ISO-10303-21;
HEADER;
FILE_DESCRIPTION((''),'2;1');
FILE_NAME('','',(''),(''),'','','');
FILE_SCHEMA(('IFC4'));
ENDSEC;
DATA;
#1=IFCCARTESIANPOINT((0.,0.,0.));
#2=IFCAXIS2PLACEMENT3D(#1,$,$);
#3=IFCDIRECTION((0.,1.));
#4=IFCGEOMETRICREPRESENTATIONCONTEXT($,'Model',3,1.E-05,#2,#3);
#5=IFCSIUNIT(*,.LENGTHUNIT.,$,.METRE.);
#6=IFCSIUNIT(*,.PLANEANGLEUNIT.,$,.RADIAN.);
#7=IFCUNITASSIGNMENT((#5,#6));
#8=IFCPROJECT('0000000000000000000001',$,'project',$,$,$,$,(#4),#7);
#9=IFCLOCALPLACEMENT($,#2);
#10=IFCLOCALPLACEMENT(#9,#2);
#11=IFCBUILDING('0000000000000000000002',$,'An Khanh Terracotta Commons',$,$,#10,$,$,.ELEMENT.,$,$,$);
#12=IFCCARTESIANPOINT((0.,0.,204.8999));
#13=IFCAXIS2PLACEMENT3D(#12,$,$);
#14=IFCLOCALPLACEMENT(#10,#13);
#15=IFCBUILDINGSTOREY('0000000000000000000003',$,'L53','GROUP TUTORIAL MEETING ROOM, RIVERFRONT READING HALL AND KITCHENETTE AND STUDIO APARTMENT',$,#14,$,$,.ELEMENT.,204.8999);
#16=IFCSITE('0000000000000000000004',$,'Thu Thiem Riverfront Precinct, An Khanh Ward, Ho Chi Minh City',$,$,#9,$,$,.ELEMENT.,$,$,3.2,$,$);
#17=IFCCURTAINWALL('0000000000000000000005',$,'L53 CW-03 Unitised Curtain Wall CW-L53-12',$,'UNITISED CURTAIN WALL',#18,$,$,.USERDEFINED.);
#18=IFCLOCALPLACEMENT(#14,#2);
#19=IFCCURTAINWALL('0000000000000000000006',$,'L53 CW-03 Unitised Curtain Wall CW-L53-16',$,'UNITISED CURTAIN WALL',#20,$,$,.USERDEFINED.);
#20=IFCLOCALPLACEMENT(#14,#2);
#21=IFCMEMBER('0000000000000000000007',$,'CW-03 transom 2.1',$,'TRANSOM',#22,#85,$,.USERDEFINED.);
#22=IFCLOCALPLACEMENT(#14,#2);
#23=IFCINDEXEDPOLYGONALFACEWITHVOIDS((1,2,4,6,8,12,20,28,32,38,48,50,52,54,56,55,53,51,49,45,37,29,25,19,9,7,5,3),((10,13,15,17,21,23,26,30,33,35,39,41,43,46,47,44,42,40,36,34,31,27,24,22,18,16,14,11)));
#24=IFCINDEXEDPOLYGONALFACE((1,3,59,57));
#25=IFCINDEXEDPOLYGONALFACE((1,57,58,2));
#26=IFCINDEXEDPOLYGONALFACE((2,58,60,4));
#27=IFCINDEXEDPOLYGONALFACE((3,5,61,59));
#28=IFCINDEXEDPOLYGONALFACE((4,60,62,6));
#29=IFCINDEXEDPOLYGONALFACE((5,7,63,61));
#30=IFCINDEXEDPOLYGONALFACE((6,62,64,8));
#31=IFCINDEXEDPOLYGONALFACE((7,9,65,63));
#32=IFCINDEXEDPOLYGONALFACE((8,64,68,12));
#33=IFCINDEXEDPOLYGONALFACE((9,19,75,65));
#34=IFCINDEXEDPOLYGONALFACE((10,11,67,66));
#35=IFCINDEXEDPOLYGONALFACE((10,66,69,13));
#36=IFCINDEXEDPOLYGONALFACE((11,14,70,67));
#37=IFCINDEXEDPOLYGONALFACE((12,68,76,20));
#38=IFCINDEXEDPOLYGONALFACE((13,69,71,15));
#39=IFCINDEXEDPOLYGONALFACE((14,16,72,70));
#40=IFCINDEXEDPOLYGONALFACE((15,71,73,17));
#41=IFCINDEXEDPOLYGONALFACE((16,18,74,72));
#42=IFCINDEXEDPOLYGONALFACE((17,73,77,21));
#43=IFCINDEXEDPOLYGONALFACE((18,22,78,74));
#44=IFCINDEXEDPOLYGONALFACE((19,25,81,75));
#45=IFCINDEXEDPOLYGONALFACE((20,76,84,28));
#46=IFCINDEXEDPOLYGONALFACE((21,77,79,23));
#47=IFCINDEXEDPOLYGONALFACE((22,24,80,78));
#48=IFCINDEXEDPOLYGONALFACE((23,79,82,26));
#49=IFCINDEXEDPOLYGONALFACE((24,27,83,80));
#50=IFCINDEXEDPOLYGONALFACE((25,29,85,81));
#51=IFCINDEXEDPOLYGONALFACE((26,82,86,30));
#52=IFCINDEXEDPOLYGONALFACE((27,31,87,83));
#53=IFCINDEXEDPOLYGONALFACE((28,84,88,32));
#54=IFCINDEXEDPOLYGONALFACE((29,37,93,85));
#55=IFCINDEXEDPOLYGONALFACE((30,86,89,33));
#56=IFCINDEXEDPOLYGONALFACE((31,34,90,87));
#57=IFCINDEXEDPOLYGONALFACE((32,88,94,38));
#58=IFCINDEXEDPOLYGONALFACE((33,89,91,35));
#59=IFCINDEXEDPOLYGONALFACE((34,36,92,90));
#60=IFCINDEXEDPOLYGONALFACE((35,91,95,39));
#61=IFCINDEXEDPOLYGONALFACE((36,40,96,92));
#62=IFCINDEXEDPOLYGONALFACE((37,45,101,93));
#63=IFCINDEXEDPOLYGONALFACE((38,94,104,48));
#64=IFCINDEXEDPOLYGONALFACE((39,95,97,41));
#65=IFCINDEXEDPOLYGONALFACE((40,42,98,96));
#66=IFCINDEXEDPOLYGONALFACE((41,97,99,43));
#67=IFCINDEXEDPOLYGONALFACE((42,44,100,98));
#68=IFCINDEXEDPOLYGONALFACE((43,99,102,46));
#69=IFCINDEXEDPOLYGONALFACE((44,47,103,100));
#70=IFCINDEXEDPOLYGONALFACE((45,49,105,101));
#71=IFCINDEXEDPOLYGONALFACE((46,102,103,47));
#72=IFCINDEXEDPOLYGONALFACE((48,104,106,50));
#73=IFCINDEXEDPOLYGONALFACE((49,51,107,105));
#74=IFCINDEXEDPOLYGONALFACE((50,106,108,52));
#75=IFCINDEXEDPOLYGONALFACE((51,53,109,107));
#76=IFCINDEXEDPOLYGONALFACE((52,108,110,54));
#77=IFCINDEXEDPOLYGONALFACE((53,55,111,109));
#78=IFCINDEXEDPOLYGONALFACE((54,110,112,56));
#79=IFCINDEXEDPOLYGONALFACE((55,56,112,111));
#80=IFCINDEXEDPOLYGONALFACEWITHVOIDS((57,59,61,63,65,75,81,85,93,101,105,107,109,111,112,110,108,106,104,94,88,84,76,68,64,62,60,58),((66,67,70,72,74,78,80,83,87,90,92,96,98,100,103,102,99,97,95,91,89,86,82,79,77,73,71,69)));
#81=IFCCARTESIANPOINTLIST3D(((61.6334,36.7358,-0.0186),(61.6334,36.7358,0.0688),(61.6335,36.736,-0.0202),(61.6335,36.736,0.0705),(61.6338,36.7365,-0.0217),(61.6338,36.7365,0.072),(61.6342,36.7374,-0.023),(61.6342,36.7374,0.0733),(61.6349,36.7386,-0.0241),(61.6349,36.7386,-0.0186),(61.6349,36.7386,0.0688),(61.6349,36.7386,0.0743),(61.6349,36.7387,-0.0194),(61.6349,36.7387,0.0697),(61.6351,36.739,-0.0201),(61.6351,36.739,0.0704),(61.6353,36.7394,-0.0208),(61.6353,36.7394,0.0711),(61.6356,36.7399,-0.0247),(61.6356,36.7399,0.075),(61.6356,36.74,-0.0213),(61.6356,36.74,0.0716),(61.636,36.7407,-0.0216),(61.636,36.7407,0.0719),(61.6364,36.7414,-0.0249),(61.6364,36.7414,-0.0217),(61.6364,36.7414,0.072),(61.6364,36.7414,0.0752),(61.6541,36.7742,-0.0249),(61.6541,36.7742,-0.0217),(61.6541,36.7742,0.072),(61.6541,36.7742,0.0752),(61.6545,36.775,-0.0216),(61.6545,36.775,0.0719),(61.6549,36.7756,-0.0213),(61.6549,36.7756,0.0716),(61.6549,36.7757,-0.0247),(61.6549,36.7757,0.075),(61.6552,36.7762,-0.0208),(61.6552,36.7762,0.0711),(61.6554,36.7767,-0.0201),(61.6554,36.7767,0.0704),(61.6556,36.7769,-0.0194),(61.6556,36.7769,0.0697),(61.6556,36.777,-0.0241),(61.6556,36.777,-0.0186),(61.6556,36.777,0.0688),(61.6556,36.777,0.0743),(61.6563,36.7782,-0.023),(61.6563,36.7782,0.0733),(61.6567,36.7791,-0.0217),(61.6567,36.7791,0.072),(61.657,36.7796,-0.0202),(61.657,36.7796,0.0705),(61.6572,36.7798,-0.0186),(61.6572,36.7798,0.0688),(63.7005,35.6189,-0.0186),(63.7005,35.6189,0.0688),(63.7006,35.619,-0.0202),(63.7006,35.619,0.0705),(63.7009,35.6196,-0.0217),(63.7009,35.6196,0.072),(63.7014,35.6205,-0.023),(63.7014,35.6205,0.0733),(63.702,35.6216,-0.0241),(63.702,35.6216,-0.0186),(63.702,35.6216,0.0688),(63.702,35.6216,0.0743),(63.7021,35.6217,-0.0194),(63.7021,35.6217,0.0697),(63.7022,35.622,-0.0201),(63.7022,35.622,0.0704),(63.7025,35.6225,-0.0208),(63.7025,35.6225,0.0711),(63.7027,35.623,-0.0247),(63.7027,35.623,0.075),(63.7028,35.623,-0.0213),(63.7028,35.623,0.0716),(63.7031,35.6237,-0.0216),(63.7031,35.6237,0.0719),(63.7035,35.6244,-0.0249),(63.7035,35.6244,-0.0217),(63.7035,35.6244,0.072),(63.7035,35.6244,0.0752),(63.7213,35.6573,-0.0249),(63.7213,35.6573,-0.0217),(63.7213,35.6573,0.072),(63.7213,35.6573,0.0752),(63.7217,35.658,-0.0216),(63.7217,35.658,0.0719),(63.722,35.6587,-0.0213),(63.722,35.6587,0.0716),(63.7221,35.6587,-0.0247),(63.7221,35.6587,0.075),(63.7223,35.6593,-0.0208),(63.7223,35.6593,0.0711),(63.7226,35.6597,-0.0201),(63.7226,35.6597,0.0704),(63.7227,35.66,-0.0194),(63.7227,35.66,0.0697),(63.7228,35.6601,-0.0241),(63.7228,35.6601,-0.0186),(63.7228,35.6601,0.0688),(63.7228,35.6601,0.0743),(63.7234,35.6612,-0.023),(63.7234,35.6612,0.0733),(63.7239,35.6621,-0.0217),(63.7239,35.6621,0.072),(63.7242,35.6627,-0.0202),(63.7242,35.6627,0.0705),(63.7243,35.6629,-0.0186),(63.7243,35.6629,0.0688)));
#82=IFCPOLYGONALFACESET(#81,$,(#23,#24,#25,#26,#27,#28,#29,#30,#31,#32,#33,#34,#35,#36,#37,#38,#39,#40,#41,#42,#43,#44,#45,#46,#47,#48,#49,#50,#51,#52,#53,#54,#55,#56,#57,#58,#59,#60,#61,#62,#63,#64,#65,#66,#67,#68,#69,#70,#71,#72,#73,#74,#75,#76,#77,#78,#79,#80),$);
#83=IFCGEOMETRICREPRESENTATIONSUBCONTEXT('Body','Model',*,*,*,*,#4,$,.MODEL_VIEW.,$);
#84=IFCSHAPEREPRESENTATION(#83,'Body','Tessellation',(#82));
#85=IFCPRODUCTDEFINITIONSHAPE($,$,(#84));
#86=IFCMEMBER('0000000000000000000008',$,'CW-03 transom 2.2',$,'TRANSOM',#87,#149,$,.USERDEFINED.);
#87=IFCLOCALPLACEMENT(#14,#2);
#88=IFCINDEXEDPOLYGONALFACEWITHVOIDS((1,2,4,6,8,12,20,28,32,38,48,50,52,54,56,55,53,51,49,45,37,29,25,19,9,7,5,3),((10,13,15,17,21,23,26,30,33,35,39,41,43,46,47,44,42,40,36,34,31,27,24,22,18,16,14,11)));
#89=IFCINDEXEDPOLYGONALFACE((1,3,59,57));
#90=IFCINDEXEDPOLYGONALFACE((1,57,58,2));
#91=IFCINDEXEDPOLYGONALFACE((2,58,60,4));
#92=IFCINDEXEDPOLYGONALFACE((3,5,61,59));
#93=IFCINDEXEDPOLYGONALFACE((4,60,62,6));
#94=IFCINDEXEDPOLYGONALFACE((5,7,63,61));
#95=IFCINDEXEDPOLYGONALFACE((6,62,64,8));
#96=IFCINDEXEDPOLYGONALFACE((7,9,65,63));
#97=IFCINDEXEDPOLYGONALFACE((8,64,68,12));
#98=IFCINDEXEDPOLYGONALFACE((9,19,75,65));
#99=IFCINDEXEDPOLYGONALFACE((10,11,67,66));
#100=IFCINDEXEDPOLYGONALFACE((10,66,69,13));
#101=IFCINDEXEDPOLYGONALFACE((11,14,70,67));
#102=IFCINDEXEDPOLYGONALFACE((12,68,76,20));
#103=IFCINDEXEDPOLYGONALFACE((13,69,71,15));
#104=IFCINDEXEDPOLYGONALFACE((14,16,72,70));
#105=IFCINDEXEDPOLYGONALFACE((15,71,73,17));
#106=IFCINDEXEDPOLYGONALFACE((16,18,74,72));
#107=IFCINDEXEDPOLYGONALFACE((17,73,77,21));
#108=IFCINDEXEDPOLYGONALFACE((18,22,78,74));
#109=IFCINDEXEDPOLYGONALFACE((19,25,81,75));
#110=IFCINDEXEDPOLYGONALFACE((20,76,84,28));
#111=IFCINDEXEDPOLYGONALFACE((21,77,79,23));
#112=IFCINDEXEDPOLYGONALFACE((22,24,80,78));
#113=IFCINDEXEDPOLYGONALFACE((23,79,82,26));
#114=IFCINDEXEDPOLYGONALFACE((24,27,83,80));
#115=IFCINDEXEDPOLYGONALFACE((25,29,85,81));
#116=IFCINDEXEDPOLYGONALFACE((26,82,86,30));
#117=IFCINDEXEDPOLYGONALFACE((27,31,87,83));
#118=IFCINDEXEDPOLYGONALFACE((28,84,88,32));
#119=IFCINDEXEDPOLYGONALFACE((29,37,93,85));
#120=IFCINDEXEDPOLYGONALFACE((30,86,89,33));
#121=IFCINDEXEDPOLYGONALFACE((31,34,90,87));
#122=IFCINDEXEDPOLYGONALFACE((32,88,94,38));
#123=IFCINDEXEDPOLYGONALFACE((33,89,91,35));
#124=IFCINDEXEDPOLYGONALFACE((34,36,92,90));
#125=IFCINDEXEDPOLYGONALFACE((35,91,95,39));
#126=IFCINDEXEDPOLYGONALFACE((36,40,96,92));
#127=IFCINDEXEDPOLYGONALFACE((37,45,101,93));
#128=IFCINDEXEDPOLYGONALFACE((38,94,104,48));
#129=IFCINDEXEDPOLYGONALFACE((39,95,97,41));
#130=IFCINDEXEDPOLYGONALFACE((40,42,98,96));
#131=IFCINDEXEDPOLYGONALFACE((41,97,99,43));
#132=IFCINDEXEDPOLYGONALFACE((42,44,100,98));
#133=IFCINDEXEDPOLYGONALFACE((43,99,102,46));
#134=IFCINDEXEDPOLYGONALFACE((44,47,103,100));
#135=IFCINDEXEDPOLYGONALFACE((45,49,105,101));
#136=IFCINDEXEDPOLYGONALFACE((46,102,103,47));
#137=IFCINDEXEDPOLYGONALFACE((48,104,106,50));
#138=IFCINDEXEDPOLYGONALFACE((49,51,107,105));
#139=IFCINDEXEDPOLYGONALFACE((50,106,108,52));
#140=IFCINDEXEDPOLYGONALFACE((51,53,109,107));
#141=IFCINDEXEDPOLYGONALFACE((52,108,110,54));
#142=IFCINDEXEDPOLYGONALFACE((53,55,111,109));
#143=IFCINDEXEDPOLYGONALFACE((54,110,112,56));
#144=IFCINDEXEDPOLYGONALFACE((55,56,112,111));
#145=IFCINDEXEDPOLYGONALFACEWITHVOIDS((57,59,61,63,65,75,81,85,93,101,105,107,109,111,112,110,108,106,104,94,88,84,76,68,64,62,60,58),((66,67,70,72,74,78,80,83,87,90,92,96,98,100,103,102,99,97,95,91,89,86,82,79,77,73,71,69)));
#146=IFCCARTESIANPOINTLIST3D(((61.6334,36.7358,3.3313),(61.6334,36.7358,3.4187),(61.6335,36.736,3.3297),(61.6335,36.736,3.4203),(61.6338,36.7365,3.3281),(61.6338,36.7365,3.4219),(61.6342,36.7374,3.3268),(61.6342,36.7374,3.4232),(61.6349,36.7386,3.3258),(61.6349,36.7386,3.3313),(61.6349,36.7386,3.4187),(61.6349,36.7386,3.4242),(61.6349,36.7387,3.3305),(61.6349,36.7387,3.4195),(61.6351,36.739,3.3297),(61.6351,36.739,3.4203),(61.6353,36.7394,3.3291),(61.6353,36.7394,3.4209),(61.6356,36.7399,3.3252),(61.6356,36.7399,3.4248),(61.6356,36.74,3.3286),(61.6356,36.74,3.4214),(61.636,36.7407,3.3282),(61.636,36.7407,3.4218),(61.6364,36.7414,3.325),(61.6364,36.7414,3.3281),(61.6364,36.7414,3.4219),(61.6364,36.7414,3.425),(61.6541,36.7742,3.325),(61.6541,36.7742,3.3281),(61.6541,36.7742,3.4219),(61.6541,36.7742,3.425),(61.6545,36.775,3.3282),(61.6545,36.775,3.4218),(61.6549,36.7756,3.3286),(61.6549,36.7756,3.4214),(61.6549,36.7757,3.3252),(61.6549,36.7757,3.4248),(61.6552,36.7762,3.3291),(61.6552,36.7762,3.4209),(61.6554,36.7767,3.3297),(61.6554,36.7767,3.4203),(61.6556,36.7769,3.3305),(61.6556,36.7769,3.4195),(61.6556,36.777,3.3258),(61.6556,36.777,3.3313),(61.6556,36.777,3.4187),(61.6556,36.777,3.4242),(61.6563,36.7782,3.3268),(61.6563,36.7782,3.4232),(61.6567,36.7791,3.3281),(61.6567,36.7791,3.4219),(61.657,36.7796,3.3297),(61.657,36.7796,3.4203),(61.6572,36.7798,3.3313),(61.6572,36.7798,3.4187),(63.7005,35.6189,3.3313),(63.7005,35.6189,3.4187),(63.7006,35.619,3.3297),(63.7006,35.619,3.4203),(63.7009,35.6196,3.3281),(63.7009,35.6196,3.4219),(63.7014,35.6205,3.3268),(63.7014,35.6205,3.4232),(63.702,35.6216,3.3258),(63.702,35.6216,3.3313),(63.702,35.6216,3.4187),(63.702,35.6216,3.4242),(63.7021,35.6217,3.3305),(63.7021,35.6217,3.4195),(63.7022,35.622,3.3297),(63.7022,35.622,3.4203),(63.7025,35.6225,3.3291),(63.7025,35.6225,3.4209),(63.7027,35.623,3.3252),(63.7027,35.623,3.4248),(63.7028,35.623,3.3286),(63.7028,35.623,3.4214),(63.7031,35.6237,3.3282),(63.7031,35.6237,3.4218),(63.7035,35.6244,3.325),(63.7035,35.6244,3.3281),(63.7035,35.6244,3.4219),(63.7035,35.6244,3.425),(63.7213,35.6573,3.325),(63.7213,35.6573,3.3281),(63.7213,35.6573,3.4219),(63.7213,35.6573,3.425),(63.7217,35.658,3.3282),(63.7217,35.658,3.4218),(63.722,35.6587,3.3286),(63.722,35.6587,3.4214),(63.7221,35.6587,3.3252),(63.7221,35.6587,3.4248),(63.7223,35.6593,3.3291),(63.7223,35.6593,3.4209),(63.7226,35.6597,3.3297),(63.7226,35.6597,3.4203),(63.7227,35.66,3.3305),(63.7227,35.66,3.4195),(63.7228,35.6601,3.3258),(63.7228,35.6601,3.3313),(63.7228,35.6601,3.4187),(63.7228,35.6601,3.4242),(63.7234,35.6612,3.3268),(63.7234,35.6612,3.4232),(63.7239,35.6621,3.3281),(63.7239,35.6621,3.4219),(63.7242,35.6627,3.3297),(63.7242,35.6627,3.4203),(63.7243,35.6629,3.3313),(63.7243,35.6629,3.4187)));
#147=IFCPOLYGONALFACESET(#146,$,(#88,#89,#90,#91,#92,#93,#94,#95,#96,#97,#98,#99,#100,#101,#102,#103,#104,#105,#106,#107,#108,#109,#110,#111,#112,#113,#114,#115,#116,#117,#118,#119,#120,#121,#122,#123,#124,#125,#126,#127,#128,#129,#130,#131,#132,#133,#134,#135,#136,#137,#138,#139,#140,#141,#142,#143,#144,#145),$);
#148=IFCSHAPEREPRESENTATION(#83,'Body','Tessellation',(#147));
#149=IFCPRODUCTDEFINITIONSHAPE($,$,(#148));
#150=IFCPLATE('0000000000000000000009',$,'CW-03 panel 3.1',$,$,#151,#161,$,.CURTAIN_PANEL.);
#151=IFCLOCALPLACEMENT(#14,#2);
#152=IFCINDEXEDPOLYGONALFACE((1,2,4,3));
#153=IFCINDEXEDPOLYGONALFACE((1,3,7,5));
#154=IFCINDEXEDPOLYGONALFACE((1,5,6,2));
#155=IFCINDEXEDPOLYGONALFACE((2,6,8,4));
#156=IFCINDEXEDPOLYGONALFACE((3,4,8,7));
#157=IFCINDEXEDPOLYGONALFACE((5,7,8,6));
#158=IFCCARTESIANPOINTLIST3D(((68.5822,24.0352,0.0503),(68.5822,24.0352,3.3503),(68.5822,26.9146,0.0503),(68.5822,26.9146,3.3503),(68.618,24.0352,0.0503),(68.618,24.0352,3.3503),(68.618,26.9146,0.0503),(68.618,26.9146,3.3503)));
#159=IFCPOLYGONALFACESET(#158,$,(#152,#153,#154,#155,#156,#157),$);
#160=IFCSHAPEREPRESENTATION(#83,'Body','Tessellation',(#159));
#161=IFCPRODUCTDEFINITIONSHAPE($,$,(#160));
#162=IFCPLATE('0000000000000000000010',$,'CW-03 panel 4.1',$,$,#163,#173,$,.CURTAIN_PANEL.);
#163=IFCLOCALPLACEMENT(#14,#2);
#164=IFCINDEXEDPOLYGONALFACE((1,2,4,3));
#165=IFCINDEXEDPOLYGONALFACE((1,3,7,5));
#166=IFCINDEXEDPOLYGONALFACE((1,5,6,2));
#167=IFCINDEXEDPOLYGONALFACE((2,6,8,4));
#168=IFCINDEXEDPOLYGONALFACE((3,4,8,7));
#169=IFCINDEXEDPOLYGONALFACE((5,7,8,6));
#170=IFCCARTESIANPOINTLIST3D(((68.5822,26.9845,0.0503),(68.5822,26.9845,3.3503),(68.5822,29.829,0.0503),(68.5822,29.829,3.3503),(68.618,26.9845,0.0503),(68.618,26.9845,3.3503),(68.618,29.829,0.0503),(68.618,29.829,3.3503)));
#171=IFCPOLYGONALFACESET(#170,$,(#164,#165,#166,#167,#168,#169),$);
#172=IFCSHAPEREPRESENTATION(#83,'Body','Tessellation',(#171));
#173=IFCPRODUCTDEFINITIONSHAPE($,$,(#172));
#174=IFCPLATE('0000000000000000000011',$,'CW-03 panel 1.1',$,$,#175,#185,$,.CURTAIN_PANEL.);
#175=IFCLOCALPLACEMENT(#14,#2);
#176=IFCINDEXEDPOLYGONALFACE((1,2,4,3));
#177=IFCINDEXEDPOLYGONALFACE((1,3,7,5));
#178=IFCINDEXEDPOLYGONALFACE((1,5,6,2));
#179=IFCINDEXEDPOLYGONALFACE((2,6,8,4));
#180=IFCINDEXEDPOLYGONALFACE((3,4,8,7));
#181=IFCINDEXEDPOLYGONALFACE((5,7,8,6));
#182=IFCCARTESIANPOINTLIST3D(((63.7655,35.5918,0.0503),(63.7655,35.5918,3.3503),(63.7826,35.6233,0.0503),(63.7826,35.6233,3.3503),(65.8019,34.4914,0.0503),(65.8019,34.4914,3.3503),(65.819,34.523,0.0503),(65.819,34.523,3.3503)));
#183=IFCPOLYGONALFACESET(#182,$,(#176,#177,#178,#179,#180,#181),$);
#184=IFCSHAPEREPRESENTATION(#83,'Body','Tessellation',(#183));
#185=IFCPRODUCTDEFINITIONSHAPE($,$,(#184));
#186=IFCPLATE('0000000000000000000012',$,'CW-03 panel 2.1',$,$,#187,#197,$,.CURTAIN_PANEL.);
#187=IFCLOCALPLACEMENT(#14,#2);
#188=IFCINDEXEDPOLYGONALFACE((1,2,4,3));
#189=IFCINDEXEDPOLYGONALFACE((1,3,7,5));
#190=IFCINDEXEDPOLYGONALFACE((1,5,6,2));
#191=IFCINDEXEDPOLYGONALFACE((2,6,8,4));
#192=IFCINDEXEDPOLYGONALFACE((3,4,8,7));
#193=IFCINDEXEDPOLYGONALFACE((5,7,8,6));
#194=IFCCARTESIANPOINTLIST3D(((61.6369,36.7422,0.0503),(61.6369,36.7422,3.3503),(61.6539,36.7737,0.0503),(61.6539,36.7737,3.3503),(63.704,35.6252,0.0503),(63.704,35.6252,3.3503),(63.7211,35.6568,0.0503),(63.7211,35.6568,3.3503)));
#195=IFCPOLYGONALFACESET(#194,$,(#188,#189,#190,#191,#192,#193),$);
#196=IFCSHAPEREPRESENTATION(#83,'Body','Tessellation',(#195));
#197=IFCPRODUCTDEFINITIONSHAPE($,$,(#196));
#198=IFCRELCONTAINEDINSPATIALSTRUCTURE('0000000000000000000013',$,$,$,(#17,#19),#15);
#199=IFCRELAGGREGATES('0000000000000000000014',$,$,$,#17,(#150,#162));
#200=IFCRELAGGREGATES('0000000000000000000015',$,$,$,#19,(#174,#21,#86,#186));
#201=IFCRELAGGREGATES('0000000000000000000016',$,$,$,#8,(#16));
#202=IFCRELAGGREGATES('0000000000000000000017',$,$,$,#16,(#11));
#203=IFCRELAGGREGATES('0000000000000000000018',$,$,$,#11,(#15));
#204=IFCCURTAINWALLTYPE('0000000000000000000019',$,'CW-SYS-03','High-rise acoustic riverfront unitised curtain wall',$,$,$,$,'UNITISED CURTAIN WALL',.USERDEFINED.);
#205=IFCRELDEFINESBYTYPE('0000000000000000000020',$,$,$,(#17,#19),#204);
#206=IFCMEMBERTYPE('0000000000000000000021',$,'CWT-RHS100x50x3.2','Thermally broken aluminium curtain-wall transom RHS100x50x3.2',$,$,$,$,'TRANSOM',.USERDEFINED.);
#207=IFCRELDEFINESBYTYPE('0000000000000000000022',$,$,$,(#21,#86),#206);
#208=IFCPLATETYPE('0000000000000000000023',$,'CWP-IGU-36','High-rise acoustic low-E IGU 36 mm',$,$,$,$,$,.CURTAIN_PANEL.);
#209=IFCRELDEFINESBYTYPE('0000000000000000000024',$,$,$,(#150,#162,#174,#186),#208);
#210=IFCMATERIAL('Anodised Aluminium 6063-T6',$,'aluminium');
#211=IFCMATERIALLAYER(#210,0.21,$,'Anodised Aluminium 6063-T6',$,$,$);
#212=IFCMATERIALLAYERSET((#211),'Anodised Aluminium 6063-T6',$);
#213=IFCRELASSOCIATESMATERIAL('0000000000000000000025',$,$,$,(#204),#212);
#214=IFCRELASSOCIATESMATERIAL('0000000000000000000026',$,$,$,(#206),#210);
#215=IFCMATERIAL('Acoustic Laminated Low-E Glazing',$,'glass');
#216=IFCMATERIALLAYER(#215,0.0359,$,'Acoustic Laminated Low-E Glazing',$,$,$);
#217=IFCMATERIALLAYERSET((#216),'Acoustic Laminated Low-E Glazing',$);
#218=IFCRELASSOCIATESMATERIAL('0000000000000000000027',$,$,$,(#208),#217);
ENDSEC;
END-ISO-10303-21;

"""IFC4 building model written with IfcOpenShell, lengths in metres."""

from ifc_helpers import new_model, si_unit, direction, frame, origin, origin_2d, place, context, subcontext, project, spatial, rectangle, hollow_rectangle, extrude, material, layer, layer_set, material_profile, profile_set, type_object, element, aggregate, save


model = new_model("IFC4")

# Units and contexts
model_context = context("Model", 3, precision=1e-05, world=origin(), true_north=direction((0.0, 1.0)))
body_context = subcontext(model_context, "Body", "Model", "MODEL_VIEW")
ifc_project = project(units=[si_unit("LENGTHUNIT", "METRE"), si_unit("PLANEANGLEUNIT", "RADIAN")], contexts=[model_context])

# Site, building, storey
site_placement = place(None, origin())
site = spatial("IfcSite", under=ifc_project, at=site_placement, Name="Thu Thiem Riverfront Precinct, An Khanh Ward, Ho Chi Minh City", CompositionType="ELEMENT", RefElevation=3.2)
building_placement = place(site_placement, origin())
building = spatial("IfcBuilding", under=site, at=building_placement, Name="An Khanh Terracotta Commons", CompositionType="ELEMENT")
storey_placement = place(building_placement, frame((0.0, 0.0, 204.8999)))
storey = spatial("IfcBuildingStorey", under=building, at=storey_placement, Name="L53", Description="GROUP TUTORIAL MEETING ROOM, RIVERFRONT READING HALL AND KITCHENETTE AND STUDIO APARTMENT", CompositionType="ELEMENT", Elevation=204.8999)

# Curtain walls
ifc_material_1 = material(Name="Anodised Aluminium 6063-T6", Category="aluminium")
ifc_layer_1 = layer(ifc_material_1, 0.21, Name="Anodised Aluminium 6063-T6")
ifc_layer_set_1 = layer_set([ifc_layer_1], Name="Anodised Aluminium 6063-T6")
curtain_wall_type = type_object("IfcCurtainWallType", Name="CW-SYS-03", Description="High-rise acoustic riverfront unitised curtain wall", ElementType="UNITISED CURTAIN WALL", PredefinedType="USERDEFINED", material=ifc_layer_set_1)
curtain_wall_1_placement = place(storey_placement, origin())
curtain_wall_1 = element("IfcCurtainWall", 1, at=curtain_wall_1_placement, inside=storey, type_object=curtain_wall_type, Name="L53 CW-03 Unitised Curtain Wall CW-L53-12", ObjectType="UNITISED CURTAIN WALL", PredefinedType="USERDEFINED")
curtain_wall_2_placement = place(storey_placement, origin())
curtain_wall_2 = element("IfcCurtainWall", 2, at=curtain_wall_2_placement, inside=storey, type_object=curtain_wall_type, Name="L53 CW-03 Unitised Curtain Wall CW-L53-16", ObjectType="UNITISED CURTAIN WALL", PredefinedType="USERDEFINED")

# Members
ifc_material_profile_1 = material_profile(ifc_material_1, hollow_rectangle(XDim=0.05, YDim=0.1001, WallThickness=0.0032, InnerFilletRadius=0.0032, OuterFilletRadius=0.0063, at=origin_2d()), Name="RHS100x50x3.2")
ifc_profile_set_1 = profile_set([ifc_material_profile_1], Name="Anodised Aluminium 6063-T6")
member_type_1 = type_object("IfcMemberType", Name="CWT-RHS100x50x3.2", Description="Thermally broken aluminium curtain-wall transom RHS100x50x3.2", ElementType="TRANSOM", PredefinedType="USERDEFINED", material=ifc_profile_set_1)
member_1_placement = place(storey_placement, frame((63.7124, 35.6409, 0.0251), z_axis=(-0.879783, 0.475376, 0.0), x_axis=(-0.475376, -0.879783, 0.0)))
member_1 = element("IfcMember", 3, at=member_1_placement, type_object=member_type_1, Name="CW-03 transom 2.1", ObjectType="TRANSOM", PredefinedType="USERDEFINED", context=body_context, shape_type="SweptSolid", body=[
    extrude(hollow_rectangle(XDim=0.05, YDim=0.1001, WallThickness=0.0032, InnerFilletRadius=0.0032, OuterFilletRadius=0.0063, at=origin_2d()), origin(), (0.0, 0.0, 1.0), 2.3496),
])
member_2_placement = place(storey_placement, frame((63.7124, 35.6409, 3.375), z_axis=(-0.879783, 0.475376, 0.0), x_axis=(-0.475376, -0.879783, 0.0)))
member_2 = element("IfcMember", 4, at=member_2_placement, type_object=member_type_1, Name="CW-03 transom 2.2", ObjectType="TRANSOM", PredefinedType="USERDEFINED", context=body_context, shape_type="SweptSolid", body=[
    extrude(hollow_rectangle(XDim=0.05, YDim=0.1001, WallThickness=0.0032, InnerFilletRadius=0.0032, OuterFilletRadius=0.0063, at=origin_2d()), origin(), (0.0, 0.0, 1.0), 2.3496),
])

# Plates
ifc_material_2 = material(Name="Acoustic Laminated Low-E Glazing", Category="glass")
ifc_layer_2 = layer(ifc_material_2, 0.0359, Name="Acoustic Laminated Low-E Glazing")
ifc_layer_set_2 = layer_set([ifc_layer_2], Name="Acoustic Laminated Low-E Glazing")
plate_type = type_object("IfcPlateType", Name="CWP-IGU-36", Description="High-rise acoustic low-E IGU 36 mm", PredefinedType="CURTAIN_PANEL", material=ifc_layer_set_2)
plate_1_placement = place(storey_placement, frame((68.6001, 25.4749, 0.0503), z_axis=(0.0, 0.0, 1.0), x_axis=(0.0, 1.0, 0.0)))
plate_1 = element("IfcPlate", 5, at=plate_1_placement, type_object=plate_type, Name="CW-03 panel 3.1", PredefinedType="CURTAIN_PANEL", context=body_context, shape_type="SweptSolid", body=[
    extrude(rectangle(XDim=2.8794, YDim=0.0359, at=origin_2d()), origin(), (0.0, 0.0, 1.0), 3.3),
])
plate_2_placement = place(storey_placement, frame((68.6001, 28.4067, 0.0503), z_axis=(0.0, 0.0, 1.0), x_axis=(0.0, 1.0, 0.0)))
plate_2 = element("IfcPlate", 6, at=plate_2_placement, type_object=plate_type, Name="CW-03 panel 4.1", PredefinedType="CURTAIN_PANEL", context=body_context, shape_type="SweptSolid", body=[
    extrude(rectangle(XDim=2.8445, YDim=0.0359, at=origin_2d()), origin(), (0.0, 0.0, 1.0), 3.3),
])
aggregate(curtain_wall_1, [plate_1, plate_2])
plate_3_placement = place(storey_placement, frame((64.7922, 35.0574, 0.0503), z_axis=(0.0, 0.0, 1.0), x_axis=(-0.87978, 0.475381, 0.0)))
plate_3 = element("IfcPlate", 7, at=plate_3_placement, type_object=plate_type, Name="CW-03 panel 1.1", PredefinedType="CURTAIN_PANEL", context=body_context, shape_type="SweptSolid", body=[
    extrude(rectangle(XDim=2.3147, YDim=0.0359, at=origin_2d()), origin(), (0.0, 0.0, 1.0), 3.3),
])
plate_4_placement = place(storey_placement, frame((62.679, 36.1995, 0.0503), z_axis=(0.0, 0.0, 1.0), x_axis=(-0.87978, 0.475381, 0.0)))
plate_4 = element("IfcPlate", 8, at=plate_4_placement, type_object=plate_type, Name="CW-03 panel 2.1", PredefinedType="CURTAIN_PANEL", context=body_context, shape_type="SweptSolid", body=[
    extrude(rectangle(XDim=2.3496, YDim=0.0359, at=origin_2d()), origin(), (0.0, 0.0, 1.0), 3.3),
])
aggregate(curtain_wall_2, [plate_3, member_1, member_2, plate_4])

save(model, "model.ifc")
